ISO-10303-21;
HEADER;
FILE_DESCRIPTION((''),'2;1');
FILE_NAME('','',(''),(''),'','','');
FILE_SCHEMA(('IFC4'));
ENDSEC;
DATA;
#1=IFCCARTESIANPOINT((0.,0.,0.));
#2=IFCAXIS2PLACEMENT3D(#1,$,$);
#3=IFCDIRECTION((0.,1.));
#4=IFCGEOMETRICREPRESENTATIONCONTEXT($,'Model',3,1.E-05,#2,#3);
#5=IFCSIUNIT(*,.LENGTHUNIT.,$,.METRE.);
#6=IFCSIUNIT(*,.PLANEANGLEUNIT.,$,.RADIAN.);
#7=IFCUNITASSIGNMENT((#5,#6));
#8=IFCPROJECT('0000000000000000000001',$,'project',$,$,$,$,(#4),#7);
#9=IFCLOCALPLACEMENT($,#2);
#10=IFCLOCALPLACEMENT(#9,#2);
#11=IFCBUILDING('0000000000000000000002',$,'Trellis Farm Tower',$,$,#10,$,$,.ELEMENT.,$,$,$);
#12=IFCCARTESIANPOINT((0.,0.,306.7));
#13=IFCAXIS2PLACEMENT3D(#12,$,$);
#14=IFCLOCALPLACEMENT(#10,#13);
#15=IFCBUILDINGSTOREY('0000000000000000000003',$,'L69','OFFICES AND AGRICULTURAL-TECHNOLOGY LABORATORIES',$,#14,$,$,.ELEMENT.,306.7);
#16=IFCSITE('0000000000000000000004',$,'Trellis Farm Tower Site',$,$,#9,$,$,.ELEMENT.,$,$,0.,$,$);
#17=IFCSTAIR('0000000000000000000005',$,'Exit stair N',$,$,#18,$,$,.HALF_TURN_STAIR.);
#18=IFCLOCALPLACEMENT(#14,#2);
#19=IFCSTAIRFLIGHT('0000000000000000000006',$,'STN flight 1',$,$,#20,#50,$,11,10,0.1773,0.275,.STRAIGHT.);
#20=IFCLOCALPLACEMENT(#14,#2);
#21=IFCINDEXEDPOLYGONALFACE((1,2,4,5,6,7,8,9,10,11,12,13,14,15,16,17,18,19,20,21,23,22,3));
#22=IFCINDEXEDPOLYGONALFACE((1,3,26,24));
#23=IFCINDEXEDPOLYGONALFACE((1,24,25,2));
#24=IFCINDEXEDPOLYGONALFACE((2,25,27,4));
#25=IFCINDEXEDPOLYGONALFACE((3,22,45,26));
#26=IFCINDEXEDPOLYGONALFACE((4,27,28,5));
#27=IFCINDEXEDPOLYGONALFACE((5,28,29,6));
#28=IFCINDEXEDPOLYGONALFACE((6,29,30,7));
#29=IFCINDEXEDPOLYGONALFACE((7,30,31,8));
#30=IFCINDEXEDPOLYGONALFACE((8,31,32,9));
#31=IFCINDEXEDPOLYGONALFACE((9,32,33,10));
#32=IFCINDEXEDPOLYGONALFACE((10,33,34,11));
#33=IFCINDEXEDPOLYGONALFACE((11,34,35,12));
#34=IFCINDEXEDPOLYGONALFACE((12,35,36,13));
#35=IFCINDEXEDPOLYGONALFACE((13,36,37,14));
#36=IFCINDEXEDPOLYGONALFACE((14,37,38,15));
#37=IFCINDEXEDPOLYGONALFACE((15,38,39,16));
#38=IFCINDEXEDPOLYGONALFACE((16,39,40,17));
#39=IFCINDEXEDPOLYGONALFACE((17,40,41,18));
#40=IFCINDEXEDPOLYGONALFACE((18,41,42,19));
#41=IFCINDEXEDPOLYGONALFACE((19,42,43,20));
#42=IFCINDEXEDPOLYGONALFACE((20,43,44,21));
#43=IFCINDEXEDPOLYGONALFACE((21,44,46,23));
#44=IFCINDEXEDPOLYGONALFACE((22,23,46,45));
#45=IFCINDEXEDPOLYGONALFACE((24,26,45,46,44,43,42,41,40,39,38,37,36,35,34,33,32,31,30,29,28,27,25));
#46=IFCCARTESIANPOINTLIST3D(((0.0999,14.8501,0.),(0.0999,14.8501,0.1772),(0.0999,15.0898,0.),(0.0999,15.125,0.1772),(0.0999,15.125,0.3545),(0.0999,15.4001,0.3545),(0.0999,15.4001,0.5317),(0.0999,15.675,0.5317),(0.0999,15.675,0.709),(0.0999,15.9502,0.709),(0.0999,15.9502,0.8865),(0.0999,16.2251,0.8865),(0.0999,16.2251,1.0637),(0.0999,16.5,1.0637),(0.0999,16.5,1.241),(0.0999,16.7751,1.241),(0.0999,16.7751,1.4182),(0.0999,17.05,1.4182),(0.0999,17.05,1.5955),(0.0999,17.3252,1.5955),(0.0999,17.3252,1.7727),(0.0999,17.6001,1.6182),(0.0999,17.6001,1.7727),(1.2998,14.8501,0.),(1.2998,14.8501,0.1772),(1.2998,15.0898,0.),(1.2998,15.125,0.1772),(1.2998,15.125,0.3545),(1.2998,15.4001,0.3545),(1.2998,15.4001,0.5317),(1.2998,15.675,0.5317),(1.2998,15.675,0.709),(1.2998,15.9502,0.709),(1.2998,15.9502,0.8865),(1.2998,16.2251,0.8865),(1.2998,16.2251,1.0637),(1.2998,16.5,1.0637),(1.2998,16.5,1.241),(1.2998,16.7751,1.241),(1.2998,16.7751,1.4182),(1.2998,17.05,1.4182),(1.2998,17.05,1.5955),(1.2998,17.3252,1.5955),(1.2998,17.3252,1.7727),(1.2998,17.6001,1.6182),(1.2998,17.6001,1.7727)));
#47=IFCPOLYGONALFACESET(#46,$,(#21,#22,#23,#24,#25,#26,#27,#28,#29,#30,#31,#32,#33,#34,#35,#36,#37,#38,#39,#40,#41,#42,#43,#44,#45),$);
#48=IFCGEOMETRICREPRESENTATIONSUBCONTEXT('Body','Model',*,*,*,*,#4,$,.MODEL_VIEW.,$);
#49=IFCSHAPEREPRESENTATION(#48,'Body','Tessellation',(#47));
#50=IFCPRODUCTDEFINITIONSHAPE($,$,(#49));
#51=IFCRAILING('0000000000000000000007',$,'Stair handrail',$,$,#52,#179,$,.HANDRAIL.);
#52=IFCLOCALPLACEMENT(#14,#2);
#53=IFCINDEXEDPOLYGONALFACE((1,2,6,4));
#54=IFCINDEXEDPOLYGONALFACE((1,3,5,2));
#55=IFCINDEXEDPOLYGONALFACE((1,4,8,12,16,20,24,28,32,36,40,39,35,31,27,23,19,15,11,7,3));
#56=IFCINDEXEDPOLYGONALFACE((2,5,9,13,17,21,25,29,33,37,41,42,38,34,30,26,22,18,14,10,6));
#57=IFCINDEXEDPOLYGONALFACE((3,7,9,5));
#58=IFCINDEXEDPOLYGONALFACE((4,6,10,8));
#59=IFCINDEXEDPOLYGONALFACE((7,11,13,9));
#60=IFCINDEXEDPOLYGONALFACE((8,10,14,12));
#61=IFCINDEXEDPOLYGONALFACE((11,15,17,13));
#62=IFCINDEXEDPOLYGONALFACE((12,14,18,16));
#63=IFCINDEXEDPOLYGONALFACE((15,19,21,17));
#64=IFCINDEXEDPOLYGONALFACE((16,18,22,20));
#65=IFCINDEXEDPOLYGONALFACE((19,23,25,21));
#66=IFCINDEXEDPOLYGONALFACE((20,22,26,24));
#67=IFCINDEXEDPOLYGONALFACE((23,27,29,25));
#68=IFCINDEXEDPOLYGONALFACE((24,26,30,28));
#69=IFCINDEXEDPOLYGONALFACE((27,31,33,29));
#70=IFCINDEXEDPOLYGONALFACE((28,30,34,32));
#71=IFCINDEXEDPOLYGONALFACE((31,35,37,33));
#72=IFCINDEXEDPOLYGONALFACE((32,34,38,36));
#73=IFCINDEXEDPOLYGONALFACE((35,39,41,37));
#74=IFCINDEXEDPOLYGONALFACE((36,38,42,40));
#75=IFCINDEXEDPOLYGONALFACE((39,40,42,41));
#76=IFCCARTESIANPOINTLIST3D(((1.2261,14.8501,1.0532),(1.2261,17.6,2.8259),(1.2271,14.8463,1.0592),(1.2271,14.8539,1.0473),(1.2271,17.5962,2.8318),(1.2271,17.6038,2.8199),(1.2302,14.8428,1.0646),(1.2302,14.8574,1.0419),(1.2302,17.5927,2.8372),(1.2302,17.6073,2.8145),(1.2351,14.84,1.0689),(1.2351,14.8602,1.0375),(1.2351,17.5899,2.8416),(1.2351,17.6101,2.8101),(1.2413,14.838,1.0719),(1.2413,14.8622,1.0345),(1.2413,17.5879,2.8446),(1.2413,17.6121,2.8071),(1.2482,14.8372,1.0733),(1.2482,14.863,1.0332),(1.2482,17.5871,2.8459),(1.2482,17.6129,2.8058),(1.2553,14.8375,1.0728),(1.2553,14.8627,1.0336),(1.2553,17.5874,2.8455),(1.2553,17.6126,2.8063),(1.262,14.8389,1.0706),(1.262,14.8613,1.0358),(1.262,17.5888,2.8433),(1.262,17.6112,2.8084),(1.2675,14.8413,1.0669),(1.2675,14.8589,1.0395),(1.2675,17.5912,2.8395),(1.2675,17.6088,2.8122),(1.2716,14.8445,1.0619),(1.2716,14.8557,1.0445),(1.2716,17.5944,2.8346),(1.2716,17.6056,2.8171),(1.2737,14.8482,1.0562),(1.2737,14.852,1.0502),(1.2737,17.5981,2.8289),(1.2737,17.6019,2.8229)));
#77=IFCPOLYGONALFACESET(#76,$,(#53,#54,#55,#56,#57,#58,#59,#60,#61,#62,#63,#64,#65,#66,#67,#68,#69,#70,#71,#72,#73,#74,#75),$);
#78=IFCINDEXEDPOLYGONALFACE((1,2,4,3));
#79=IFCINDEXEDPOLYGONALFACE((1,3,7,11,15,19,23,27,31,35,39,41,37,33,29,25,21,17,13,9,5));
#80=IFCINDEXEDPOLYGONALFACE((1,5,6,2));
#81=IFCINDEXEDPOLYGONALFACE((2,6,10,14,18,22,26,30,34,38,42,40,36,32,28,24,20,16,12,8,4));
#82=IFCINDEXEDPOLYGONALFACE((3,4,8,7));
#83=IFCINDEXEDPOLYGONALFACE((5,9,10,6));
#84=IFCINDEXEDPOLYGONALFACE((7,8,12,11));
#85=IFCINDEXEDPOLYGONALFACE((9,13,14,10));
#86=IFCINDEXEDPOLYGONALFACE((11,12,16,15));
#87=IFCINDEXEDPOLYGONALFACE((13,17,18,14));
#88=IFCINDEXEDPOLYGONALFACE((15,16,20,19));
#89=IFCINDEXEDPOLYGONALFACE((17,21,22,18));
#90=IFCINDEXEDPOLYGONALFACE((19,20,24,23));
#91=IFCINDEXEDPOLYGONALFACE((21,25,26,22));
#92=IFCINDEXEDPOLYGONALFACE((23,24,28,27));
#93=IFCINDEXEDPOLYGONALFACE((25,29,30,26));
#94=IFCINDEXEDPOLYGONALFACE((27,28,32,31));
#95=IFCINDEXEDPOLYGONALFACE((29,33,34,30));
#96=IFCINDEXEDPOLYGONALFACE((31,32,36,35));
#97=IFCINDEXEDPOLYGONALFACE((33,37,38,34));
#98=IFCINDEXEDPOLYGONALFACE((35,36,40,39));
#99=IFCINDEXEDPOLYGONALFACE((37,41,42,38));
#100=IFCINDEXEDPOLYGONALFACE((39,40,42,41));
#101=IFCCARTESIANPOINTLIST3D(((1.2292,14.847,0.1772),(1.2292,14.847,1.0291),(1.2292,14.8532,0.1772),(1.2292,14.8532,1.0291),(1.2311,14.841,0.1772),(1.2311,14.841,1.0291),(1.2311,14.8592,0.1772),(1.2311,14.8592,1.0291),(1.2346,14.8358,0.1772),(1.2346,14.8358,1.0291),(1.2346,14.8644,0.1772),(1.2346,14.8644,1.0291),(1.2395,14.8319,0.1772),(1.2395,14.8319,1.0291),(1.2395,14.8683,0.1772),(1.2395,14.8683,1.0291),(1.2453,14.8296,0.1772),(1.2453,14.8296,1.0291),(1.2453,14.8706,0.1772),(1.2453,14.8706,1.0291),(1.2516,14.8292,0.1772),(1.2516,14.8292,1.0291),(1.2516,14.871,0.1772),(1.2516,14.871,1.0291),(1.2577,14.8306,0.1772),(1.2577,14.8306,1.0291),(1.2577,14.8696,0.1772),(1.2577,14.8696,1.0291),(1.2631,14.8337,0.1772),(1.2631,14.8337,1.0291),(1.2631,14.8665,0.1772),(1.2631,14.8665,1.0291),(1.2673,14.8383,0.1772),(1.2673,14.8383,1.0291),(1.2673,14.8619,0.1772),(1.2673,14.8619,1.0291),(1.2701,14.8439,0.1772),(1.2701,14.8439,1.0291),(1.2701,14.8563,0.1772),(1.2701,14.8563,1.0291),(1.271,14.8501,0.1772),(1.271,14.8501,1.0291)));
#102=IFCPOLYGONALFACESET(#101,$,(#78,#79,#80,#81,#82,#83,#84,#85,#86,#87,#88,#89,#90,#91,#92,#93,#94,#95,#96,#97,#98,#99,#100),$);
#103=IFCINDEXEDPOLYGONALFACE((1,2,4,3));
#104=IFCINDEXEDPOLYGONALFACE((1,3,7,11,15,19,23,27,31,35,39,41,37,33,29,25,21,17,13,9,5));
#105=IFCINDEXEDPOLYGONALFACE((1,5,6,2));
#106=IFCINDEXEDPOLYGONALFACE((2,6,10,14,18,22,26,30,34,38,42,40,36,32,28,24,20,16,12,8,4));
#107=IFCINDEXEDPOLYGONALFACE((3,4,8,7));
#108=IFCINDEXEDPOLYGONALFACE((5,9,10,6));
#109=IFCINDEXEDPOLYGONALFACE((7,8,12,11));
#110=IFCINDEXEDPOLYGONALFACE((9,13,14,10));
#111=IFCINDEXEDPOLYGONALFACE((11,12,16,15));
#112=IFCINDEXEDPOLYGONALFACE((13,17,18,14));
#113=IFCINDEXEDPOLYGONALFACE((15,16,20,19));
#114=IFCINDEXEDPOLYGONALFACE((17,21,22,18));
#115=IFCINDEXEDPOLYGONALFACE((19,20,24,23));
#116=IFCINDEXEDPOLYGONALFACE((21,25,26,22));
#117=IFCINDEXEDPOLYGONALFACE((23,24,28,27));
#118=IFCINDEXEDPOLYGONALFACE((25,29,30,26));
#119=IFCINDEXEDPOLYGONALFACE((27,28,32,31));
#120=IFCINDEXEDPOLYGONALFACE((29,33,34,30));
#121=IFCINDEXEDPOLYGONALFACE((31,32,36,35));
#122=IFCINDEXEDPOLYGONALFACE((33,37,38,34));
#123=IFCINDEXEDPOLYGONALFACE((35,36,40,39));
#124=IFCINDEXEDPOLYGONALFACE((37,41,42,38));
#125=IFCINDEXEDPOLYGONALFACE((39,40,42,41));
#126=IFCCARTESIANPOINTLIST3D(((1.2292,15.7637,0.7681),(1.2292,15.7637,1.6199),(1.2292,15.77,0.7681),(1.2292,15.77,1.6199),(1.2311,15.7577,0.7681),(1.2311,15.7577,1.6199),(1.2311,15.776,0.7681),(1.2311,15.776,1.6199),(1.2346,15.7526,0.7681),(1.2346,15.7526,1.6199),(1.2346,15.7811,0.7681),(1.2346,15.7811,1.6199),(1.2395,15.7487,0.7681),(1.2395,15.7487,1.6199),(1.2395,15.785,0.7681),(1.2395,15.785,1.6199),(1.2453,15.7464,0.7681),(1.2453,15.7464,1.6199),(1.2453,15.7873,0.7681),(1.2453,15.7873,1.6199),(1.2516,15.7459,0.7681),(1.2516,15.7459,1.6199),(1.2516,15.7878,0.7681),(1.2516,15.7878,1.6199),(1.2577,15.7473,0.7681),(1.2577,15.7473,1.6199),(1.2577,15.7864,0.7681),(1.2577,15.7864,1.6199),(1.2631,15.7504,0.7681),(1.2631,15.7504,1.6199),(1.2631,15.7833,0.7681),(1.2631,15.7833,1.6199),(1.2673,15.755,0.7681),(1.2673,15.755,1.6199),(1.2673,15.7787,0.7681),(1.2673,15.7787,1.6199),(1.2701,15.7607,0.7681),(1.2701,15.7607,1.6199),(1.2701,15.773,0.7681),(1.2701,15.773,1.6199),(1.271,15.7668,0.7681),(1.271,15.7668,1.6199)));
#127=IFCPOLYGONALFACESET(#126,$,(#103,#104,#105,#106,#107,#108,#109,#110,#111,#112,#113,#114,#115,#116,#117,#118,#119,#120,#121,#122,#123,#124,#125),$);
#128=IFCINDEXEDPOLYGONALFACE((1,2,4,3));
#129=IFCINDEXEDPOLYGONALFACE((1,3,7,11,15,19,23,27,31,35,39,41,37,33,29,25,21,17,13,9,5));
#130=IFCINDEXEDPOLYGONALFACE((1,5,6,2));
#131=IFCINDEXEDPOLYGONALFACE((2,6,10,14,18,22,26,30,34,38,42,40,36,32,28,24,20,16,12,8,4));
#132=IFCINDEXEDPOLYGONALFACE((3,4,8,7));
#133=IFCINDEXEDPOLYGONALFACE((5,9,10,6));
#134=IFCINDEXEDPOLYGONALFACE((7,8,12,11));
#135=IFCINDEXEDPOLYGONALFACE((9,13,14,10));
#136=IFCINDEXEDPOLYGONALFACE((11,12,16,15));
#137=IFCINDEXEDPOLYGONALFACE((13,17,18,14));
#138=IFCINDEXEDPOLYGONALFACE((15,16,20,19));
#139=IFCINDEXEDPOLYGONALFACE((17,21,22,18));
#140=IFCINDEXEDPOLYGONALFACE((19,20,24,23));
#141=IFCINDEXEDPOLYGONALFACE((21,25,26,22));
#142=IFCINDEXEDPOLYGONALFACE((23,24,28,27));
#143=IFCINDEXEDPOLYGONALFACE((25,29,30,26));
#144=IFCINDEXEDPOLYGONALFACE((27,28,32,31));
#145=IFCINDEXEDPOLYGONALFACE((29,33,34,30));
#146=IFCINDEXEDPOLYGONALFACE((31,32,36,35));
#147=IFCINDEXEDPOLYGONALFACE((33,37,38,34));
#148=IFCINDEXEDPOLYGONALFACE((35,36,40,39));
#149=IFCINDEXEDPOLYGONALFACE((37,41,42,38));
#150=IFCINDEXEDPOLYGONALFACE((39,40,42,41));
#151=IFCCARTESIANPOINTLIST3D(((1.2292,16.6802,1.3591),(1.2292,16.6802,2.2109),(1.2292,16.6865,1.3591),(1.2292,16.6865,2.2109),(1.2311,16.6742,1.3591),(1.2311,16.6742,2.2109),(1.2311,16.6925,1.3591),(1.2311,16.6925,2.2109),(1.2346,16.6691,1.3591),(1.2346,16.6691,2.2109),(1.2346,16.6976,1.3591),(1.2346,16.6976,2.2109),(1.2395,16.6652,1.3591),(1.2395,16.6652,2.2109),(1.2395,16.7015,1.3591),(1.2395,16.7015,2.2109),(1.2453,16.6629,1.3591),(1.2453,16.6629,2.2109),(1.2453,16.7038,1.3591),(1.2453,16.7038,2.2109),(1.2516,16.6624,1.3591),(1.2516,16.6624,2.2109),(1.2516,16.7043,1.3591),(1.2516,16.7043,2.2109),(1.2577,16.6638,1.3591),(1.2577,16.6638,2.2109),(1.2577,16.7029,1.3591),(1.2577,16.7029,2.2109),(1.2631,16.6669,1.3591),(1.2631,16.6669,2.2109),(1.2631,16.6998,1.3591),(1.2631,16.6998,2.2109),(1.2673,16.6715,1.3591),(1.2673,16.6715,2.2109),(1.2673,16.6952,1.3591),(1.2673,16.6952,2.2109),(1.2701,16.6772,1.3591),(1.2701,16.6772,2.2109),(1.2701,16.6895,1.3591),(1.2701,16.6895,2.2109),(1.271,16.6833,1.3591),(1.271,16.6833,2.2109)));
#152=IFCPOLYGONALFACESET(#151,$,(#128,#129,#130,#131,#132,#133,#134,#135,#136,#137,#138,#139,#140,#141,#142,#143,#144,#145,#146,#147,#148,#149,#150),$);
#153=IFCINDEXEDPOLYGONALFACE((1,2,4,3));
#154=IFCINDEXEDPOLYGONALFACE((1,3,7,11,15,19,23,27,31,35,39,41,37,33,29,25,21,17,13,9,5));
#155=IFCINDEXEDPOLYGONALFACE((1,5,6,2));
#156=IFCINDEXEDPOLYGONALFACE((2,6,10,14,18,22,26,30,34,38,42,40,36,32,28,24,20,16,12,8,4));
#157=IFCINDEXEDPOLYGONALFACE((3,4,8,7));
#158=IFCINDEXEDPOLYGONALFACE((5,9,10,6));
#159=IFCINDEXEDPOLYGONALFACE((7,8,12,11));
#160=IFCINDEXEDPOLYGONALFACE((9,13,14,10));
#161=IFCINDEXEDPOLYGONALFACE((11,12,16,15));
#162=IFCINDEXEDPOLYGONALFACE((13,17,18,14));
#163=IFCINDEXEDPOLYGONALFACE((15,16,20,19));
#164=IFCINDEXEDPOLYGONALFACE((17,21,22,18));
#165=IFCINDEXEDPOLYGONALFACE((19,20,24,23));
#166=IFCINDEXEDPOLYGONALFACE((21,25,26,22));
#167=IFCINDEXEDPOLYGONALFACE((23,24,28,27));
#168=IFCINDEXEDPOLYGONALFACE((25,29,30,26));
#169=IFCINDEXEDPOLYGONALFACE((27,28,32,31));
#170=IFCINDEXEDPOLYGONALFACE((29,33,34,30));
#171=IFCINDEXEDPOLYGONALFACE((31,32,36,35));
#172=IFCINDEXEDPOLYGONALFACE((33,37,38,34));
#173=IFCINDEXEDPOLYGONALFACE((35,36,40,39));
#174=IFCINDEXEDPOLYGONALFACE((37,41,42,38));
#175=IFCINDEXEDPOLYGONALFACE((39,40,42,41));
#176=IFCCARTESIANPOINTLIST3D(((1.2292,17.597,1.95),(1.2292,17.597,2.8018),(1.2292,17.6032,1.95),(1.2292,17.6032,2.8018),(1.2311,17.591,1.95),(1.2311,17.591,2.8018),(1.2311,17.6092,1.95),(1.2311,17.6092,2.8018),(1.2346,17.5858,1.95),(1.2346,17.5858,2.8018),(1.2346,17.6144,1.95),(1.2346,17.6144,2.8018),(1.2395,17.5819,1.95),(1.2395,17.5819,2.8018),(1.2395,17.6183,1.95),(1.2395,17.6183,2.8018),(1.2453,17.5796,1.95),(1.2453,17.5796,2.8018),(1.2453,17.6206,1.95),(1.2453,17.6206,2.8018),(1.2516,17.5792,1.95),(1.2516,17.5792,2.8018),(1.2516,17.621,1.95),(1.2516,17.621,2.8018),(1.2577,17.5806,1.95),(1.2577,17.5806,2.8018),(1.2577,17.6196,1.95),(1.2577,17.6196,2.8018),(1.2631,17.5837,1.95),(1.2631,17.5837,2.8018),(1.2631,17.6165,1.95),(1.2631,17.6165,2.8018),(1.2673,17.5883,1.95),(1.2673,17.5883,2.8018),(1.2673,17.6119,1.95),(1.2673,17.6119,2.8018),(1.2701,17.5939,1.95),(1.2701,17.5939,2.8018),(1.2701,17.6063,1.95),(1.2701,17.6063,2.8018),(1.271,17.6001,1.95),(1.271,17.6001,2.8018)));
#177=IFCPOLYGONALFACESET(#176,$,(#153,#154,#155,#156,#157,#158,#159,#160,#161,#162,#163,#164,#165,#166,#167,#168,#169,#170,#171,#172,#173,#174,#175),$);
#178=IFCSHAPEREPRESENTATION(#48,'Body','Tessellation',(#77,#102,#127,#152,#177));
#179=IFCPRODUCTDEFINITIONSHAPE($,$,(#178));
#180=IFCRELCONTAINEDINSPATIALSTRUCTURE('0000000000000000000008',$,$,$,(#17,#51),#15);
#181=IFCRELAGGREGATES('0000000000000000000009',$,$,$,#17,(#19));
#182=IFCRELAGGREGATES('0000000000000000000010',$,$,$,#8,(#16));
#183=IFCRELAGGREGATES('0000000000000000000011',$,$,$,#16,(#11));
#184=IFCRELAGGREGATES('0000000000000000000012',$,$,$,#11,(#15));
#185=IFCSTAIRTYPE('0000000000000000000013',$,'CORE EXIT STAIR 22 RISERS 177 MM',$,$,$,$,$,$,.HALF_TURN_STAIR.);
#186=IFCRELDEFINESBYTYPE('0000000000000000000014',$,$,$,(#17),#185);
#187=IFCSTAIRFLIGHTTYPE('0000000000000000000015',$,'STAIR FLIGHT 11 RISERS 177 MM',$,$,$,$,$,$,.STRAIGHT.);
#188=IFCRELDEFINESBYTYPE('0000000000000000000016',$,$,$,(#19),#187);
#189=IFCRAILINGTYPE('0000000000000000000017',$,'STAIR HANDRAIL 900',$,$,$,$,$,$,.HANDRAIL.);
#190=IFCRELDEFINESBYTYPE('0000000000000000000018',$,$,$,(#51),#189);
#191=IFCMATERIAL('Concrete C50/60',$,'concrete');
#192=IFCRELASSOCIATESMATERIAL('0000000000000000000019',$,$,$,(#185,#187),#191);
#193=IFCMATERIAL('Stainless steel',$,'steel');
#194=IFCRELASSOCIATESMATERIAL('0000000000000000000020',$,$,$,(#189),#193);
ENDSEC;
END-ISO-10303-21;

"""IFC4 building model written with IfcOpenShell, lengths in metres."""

from ifc_helpers import new_model, si_unit, direction, frame, origin, origin_2d, place, context, subcontext, project, spatial, polyline, circle, outline, extrude, source, transform, mapped, material, type_object, element, aggregate, save


model = new_model("IFC4")

# Units and contexts
model_context = context("Model", 3, precision=1e-05, world=origin(), true_north=direction((0.0, 1.0)))
body_context = subcontext(model_context, "Body", "Model", "MODEL_VIEW")
ifc_project = project(units=[si_unit("LENGTHUNIT", "METRE"), si_unit("PLANEANGLEUNIT", "RADIAN")], contexts=[model_context])

# Site, building, storey
site_placement = place(None, origin())
site = spatial("IfcSite", under=ifc_project, at=site_placement, Name="Trellis Farm Tower Site", CompositionType="ELEMENT", RefElevation=0.0)
building_placement = place(site_placement, origin())
building = spatial("IfcBuilding", under=site, at=building_placement, Name="Trellis Farm Tower", CompositionType="ELEMENT")
storey_placement = place(building_placement, frame((0.0, 0.0, 306.7)))
storey = spatial("IfcBuildingStorey", under=building, at=storey_placement, Name="L69", Description="OFFICES AND AGRICULTURAL-TECHNOLOGY LABORATORIES", CompositionType="ELEMENT", Elevation=306.7)

# Shared definitions
placement_1 = place(storey_placement, origin())

# Shared definitions
ifc_material_1 = material(Name="Concrete C50/60", Category="concrete")

# Stair, stair flight
stair_type = type_object("IfcStairType", Name="CORE EXIT STAIR 22 RISERS 177 MM", PredefinedType="HALF_TURN_STAIR", material=ifc_material_1)
stair = element("IfcStair", 1, at=placement_1, inside=storey, type_object=stair_type, Name="Exit stair N", PredefinedType="HALF_TURN_STAIR")
stair_flight_type = type_object("IfcStairFlightType", Name="STAIR FLIGHT 11 RISERS 177 MM", PredefinedType="STRAIGHT", material=ifc_material_1)
shared_shape_1 = source(origin(), body_context, "Body", "SweptSolid", [
    extrude(outline(polyline([(0.0, 0.0), (0.0, 0.1772), (0.2749, 0.1772), (0.2749, 0.3545), (0.55, 0.3545), (0.55, 0.5317), (0.825, 0.5317), (0.825, 0.709), (1.1001, 0.709), (1.1001, 0.8865), (1.375, 0.8865), (1.375, 1.0637), (1.6499, 1.0637), (1.6499, 1.241), (1.925, 1.241), (1.925, 1.4182), (2.2, 1.4182), (2.2, 1.5955), (2.4751, 1.5955), (2.4751, 1.7727), (2.75, 1.7727), (2.75, 1.95), (2.75, 1.6182), (0.2397, 0.0), (0.0, 0.0)])), frame((0.0, 0.6001, 0.0), z_axis=(0.0, -1.0, 0.0), x_axis=(1.0, 0.0, 0.0)), (0.0, 0.0, 1.0), 1.2),
])
stair_flight_placement = place(storey_placement, frame((0.7, 14.8501, 0.0), z_axis=(0.0, 0.0, 1.0), x_axis=(0.0, 1.0, 0.0)))
stair_flight = element("IfcStairFlight", 2, at=stair_flight_placement, type_object=stair_flight_type, Name="STN flight 1", NumberOfRisers=11, NumberOfTreads=10, PredefinedType="STRAIGHT", RiserHeight=0.1773, TreadLength=0.275, context=body_context, shape_type="MappedRepresentation", body=[
    mapped(shared_shape_1, transform((0.0, 0.0, 0.0))),
])
aggregate(stair, [stair_flight])

# Railing
ifc_material_2 = material(Name="Stainless steel", Category="steel")
railing_type = type_object("IfcRailingType", Name="STAIR HANDRAIL 900", PredefinedType="HANDRAIL", material=ifc_material_2)
shared_shape_2 = source(origin(), body_context, "Body", "SweptSolid", [
    extrude(circle(Radius=0.0239, at=origin_2d()), frame((0.0, 0.0, 0.876), z_axis=(0.0, 0.840504, 0.541806), x_axis=(-1.0, 0.0, 0.0)), (0.0, 0.0, 1.0), 3.2717),
    extrude(circle(Radius=0.021, at=origin_2d()), origin(), (0.0, 0.0, 1.0), 0.8518),
    extrude(circle(Radius=0.021, at=origin_2d()), frame((0.0, 0.9167, 0.5908)), (0.0, 0.0, 1.0), 0.8518),
    extrude(circle(Radius=0.021, at=origin_2d()), frame((0.0, 1.8333, 1.1819)), (0.0, 0.0, 1.0), 0.8518),
    extrude(circle(Radius=0.021, at=origin_2d()), frame((0.0, 2.75, 1.7727)), (0.0, 0.0, 1.0), 0.8518),
])
railing_placement = place(storey_placement, frame((1.25, 14.8501, 0.1772)))
element("IfcRailing", 3, at=railing_placement, inside=storey, type_object=railing_type, Name="Stair handrail", PredefinedType="HANDRAIL", context=body_context, shape_type="MappedRepresentation", body=[
    mapped(shared_shape_2, transform((0.0, 0.0, 0.0))),
])

save(model, "model.ifc")
